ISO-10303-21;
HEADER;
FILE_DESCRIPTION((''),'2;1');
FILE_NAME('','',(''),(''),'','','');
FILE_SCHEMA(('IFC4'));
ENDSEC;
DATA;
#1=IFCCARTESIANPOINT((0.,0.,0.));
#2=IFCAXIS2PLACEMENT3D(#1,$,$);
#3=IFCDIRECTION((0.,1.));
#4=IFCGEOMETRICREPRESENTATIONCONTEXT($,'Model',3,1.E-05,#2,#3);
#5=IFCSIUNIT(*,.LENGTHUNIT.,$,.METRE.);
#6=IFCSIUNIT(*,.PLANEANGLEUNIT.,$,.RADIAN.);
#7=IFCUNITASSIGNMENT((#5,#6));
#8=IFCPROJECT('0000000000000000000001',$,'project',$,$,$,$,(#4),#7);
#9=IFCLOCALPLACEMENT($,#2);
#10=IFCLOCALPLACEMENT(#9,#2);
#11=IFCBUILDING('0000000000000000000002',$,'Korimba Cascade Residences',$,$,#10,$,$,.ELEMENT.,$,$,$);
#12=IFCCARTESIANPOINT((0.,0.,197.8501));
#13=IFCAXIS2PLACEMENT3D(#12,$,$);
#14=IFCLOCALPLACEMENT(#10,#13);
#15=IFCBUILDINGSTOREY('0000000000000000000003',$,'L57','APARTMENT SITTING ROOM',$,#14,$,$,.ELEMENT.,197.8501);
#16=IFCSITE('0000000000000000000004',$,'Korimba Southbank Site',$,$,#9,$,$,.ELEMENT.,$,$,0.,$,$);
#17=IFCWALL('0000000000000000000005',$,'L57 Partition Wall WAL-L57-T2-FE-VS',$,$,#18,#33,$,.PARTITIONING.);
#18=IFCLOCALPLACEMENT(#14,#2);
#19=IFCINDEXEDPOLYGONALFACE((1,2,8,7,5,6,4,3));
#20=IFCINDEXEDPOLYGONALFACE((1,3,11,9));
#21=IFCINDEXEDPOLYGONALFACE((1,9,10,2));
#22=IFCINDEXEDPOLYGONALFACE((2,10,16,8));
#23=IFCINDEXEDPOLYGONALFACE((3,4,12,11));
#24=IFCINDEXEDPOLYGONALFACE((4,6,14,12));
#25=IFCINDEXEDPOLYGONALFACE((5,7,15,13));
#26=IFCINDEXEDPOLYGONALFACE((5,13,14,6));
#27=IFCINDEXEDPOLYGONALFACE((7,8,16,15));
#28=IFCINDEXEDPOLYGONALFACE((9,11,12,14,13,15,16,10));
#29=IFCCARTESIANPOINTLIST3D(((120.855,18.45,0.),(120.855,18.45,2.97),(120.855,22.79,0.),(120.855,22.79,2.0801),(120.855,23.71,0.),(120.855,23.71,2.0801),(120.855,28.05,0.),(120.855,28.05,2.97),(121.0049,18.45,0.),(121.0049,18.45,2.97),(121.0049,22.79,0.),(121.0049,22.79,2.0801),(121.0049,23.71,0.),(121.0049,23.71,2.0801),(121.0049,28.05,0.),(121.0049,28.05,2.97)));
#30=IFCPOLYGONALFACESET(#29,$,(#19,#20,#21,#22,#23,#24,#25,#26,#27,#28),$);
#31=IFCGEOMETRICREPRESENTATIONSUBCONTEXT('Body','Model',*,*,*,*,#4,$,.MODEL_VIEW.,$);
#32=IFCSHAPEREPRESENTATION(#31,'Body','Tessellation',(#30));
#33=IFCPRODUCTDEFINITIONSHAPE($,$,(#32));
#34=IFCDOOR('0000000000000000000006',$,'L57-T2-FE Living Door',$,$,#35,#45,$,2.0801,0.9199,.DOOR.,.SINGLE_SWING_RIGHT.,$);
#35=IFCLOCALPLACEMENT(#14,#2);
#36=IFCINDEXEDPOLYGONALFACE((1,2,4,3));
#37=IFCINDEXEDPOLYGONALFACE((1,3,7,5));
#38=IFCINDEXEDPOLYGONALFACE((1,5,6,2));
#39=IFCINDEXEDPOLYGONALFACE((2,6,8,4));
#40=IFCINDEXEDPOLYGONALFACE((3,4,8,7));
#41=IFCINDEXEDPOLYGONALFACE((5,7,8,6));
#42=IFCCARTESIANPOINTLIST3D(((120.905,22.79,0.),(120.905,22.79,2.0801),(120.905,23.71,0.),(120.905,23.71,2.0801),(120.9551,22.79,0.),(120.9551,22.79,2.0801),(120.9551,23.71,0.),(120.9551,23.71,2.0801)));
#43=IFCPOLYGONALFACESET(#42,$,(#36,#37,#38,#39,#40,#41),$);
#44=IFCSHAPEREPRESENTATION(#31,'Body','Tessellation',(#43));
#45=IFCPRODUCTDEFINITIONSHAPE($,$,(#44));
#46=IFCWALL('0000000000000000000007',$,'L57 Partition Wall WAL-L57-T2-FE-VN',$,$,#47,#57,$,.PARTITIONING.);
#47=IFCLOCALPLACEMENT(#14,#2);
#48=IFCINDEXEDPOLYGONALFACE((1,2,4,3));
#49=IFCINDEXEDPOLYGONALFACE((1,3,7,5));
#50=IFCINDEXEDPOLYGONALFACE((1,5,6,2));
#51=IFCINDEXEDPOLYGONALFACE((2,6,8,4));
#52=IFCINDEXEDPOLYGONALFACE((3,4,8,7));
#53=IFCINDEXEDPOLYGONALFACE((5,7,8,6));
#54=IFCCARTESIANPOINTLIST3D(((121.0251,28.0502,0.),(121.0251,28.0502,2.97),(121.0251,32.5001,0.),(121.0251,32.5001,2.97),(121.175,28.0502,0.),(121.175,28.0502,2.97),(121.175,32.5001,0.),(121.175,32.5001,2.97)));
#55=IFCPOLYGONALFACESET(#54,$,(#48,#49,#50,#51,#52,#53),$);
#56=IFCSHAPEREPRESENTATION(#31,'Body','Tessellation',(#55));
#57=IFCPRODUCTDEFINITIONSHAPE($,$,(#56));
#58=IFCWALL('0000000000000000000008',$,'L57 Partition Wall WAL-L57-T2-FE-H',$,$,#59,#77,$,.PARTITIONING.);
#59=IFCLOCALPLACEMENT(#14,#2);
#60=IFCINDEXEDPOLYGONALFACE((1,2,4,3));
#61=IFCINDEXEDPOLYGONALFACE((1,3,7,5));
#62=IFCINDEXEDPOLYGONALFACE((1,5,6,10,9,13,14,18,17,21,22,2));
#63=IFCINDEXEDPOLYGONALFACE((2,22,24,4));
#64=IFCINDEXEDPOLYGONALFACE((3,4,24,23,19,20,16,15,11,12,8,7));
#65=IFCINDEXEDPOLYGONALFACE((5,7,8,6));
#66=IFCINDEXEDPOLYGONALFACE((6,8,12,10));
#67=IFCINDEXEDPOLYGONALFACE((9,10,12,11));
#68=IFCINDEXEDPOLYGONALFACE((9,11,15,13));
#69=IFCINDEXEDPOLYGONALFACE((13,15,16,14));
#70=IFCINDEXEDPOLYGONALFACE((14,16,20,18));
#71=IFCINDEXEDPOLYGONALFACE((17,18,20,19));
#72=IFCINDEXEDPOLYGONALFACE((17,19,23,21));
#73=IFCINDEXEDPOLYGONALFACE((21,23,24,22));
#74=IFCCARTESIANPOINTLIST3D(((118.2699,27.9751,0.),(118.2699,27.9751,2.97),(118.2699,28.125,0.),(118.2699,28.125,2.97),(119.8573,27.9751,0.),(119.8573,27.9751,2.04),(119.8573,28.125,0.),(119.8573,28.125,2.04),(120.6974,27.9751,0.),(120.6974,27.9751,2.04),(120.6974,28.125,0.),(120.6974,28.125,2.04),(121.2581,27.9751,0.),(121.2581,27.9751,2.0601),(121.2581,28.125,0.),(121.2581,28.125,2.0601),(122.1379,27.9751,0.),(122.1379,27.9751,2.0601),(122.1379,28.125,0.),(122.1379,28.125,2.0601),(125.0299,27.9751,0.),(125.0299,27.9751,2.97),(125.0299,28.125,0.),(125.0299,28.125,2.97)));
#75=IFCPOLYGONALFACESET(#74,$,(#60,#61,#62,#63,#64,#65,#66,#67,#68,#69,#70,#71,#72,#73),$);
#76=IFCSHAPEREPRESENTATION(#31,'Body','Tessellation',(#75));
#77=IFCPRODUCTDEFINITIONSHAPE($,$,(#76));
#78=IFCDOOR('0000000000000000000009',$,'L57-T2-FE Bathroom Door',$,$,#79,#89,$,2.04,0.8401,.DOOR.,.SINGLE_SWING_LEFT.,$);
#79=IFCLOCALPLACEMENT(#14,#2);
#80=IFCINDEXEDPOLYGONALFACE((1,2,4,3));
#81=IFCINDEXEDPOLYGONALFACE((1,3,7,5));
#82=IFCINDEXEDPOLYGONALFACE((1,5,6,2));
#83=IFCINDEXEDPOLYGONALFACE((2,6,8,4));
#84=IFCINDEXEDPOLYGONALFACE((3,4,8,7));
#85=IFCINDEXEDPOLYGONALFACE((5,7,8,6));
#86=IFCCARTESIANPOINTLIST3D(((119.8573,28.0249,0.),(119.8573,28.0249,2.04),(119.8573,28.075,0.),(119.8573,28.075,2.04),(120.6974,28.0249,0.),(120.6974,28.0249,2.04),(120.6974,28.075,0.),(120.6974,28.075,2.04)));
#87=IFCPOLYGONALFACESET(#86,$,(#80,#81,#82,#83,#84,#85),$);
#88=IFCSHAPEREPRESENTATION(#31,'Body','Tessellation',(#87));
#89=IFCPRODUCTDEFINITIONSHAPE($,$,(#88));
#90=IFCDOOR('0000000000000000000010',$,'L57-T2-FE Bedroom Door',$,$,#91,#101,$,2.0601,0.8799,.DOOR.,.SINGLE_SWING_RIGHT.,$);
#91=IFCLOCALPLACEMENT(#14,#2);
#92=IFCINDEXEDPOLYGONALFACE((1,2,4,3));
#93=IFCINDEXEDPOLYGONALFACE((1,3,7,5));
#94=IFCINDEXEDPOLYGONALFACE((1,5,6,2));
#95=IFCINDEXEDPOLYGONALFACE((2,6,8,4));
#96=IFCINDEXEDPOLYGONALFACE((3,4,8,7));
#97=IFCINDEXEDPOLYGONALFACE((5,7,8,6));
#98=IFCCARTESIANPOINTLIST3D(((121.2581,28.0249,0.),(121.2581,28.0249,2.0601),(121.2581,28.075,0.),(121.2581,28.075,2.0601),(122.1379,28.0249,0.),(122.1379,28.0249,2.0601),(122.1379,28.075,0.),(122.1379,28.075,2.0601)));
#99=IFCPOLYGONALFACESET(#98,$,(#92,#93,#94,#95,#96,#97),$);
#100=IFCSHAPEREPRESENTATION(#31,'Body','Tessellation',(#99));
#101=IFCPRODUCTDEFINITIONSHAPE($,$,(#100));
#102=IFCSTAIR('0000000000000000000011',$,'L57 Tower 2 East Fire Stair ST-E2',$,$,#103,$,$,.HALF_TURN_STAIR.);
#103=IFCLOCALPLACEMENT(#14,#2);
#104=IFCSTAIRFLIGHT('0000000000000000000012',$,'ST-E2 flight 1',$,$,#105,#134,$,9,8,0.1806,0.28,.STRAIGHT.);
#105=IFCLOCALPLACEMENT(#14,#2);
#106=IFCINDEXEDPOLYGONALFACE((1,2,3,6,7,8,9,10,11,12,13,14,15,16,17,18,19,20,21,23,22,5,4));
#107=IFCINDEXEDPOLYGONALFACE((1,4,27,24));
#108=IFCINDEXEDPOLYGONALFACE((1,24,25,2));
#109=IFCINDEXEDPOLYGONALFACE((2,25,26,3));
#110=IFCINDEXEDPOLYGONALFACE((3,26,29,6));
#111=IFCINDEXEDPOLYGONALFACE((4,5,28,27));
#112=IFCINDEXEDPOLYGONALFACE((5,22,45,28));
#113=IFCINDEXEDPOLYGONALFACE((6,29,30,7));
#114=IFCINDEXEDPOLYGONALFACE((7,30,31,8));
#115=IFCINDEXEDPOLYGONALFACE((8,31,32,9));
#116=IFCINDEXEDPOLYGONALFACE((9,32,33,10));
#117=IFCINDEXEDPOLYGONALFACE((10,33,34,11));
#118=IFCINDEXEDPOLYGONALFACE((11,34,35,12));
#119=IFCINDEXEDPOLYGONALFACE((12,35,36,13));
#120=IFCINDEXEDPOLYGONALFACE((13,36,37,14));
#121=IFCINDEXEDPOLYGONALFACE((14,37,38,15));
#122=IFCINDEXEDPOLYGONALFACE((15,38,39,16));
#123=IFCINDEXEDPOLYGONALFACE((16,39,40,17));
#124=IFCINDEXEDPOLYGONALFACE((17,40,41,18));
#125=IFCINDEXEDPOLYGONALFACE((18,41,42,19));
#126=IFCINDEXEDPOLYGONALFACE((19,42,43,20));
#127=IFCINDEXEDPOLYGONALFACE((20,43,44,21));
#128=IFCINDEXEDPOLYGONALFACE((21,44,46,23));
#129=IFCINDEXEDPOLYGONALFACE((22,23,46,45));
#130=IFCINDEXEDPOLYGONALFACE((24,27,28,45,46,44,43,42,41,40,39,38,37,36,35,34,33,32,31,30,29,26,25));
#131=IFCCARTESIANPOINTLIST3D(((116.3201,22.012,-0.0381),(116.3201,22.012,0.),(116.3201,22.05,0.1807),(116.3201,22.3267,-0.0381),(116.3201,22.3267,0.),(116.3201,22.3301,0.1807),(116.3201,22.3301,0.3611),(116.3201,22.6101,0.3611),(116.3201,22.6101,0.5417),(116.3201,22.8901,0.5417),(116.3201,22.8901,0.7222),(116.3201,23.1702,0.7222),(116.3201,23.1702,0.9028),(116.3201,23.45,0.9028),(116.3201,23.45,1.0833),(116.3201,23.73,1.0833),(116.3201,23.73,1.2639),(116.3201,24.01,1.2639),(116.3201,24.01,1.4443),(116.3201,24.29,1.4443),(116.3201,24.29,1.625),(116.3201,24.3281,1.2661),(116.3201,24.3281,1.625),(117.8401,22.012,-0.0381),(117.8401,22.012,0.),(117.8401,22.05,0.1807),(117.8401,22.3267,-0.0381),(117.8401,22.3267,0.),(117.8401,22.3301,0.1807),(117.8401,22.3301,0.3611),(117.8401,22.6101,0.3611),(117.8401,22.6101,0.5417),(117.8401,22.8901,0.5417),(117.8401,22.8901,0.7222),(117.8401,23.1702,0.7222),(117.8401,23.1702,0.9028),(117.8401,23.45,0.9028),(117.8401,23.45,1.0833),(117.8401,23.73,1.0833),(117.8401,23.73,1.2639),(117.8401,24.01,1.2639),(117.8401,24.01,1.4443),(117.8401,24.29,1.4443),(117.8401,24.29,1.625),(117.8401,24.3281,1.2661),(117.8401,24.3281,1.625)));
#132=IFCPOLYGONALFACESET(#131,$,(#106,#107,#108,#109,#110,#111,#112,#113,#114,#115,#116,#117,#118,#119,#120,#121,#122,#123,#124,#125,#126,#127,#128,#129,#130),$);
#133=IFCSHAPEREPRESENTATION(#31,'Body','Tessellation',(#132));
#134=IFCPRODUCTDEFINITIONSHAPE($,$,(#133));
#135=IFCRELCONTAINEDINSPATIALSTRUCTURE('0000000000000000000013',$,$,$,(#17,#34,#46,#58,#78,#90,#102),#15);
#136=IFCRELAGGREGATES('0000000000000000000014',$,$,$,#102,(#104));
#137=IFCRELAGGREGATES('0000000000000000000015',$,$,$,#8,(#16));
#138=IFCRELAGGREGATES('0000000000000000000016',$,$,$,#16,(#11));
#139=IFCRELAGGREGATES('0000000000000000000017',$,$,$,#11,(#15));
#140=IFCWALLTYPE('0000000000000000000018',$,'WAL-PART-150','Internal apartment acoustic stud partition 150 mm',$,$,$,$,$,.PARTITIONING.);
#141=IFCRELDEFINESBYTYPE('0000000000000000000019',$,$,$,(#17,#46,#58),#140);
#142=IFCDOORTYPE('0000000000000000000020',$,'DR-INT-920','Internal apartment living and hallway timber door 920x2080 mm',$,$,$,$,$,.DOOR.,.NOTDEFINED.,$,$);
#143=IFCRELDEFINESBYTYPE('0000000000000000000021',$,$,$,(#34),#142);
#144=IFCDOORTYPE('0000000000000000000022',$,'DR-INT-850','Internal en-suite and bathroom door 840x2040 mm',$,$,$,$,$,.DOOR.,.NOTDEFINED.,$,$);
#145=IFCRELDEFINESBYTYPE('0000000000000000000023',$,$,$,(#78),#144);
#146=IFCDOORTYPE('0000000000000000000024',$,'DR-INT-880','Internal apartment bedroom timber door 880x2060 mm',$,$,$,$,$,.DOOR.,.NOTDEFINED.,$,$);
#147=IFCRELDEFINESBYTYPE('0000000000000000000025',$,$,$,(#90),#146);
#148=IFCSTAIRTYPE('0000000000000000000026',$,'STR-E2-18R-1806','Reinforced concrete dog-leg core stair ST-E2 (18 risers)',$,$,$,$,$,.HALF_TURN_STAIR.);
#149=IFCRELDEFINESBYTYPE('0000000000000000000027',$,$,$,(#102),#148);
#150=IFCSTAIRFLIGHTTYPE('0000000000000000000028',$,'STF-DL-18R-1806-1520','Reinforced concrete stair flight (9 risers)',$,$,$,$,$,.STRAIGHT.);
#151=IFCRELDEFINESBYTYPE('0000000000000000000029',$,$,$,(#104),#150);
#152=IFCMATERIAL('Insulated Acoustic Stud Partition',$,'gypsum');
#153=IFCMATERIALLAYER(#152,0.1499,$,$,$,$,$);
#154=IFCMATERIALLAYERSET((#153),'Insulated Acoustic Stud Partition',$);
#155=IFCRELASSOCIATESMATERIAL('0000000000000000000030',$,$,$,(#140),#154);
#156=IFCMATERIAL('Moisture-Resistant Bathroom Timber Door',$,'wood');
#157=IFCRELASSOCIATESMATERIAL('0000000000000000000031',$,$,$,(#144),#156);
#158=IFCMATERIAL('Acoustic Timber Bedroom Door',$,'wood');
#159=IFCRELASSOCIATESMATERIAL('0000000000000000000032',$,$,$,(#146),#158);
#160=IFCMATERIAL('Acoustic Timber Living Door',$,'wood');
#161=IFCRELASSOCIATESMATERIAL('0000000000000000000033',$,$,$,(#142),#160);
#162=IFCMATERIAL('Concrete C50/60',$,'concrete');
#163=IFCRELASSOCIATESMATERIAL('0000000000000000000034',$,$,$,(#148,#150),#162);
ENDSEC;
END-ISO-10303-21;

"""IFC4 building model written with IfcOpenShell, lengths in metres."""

from ifc_helpers import new_model, si_unit, direction, frame, frame_2d, origin, place, context, subcontext, project, spatial, polyline, rectangle, outline, extrude, material, layer, layer_set, type_object, element, fill, aggregate, save


model = new_model("IFC4")

# Units and contexts
model_context = context("Model", 3, precision=1e-05, world=origin(), true_north=direction((0.0, 1.0)))
body_context = subcontext(model_context, "Body", "Model", "MODEL_VIEW")
ifc_project = project(units=[si_unit("LENGTHUNIT", "METRE"), si_unit("PLANEANGLEUNIT", "RADIAN")], contexts=[model_context])

# Site, building, storey
site_placement = place(None, origin())
site = spatial("IfcSite", under=ifc_project, at=site_placement, Name="Korimba Southbank Site", CompositionType="ELEMENT", RefElevation=0.0)
building_placement = place(site_placement, origin())
building = spatial("IfcBuilding", under=site, at=building_placement, Name="Korimba Cascade Residences", CompositionType="ELEMENT")
storey_placement = place(building_placement, frame((0.0, 0.0, 197.8501)))
storey = spatial("IfcBuildingStorey", under=building, at=storey_placement, Name="L57", Description="APARTMENT SITTING ROOM", CompositionType="ELEMENT", Elevation=197.8501)

# Shared definitions
ifc_material_1 = material(Name="Concrete C50/60", Category="concrete")

# Wall, opening, door
ifc_material_2 = material(Name="Insulated Acoustic Stud Partition", Category="gypsum")
ifc_layer_1 = layer(ifc_material_2, 0.1499)
ifc_layer_set_1 = layer_set([ifc_layer_1], Name="Insulated Acoustic Stud Partition")
wall_type_1 = type_object("IfcWallType", Name="WAL-PART-150", Description="Internal apartment acoustic stud partition 150 mm", PredefinedType="PARTITIONING", material=ifc_layer_set_1)
ifc_material_3 = material(Name="Moisture-Resistant Bathroom Timber Door", Category="wood")
door_type_1 = type_object("IfcDoorType", Name="DR-INT-850", Description="Internal en-suite and bathroom door 840x2040 mm", OperationType="NOTDEFINED", PredefinedType="DOOR", material=ifc_material_3)
ifc_material_4 = material(Name="Acoustic Timber Bedroom Door", Category="wood")
door_type_2 = type_object("IfcDoorType", Name="DR-INT-880", Description="Internal apartment bedroom timber door 880x2060 mm", OperationType="NOTDEFINED", PredefinedType="DOOR", material=ifc_material_4)
wall_1_placement = place(storey_placement, frame((120.9299, 18.45, 0.0), z_axis=(0.0, 0.0, 1.0), x_axis=(0.0, 1.0, 0.0)))
wall_1 = element("IfcWall", 1, at=wall_1_placement, inside=storey, type_object=wall_type_1, Name="L57 Partition Wall WAL-L57-T2-FE-VS", PredefinedType="PARTITIONING", context=body_context, shape_type="SweptSolid", body=[
    extrude(rectangle(XDim=9.6001, YDim=0.1499, at=frame_2d((4.8, 0.0))), origin(), (0.0, 0.0, 1.0), 2.97),
])
opening_1_placement = place(wall_1_placement, frame((4.3401, 0.0, 0.0)))
opening_1 = element("IfcOpeningElement", 2, at=opening_1_placement, cuts=wall_1, PredefinedType="OPENING", context=body_context, shape_type="SweptSolid", body=[
    extrude(rectangle(XDim=0.9199, YDim=2.0801, at=frame_2d((0.46, 1.04))), frame((0.0, 0.085, 0.0), z_axis=(0.0, -1.0, 0.0), x_axis=(1.0, 0.0, 0.0)), (0.0, 0.0, 1.0), 0.1699),
])
ifc_material_5 = material(Name="Acoustic Timber Living Door", Category="wood")
door_type_3 = type_object("IfcDoorType", Name="DR-INT-920", Description="Internal apartment living and hallway timber door 920x2080 mm", OperationType="NOTDEFINED", PredefinedType="DOOR", material=ifc_material_5)
door_1_placement = place(opening_1_placement, origin())
door_1 = element("IfcDoor", 3, at=door_1_placement, inside=storey, type_object=door_type_3, Name="L57-T2-FE Living Door", OperationType="SINGLE_SWING_RIGHT", OverallHeight=2.0801, OverallWidth=0.9199, PredefinedType="DOOR", context=body_context, shape_type="SweptSolid", body=[
    extrude(rectangle(XDim=0.9199, YDim=2.0801, at=frame_2d((0.46, 1.04))), frame((0.0, 0.0249, 0.0), z_axis=(0.0, -1.0, 0.0), x_axis=(1.0, 0.0, 0.0)), (0.0, 0.0, 1.0), 0.05),
])
fill(opening_1, door_1)

# Wall
wall_2_placement = place(storey_placement, frame((121.1001, 28.05, 0.0), z_axis=(0.0, 0.0, 1.0), x_axis=(0.0, 1.0, 0.0)))
element("IfcWall", 4, at=wall_2_placement, inside=storey, type_object=wall_type_1, Name="L57 Partition Wall WAL-L57-T2-FE-VN", PredefinedType="PARTITIONING", context=body_context, shape_type="SweptSolid", body=[
    extrude(rectangle(XDim=4.45, YDim=0.1499, at=frame_2d((2.2251, 0.0))), origin(), (0.0, 0.0, 1.0), 2.97),
])

# Wall, openings, doors
wall_3_placement = place(storey_placement, frame((118.27, 28.05, 0.0), z_axis=(0.0, 0.0, 1.0), x_axis=(1.0, 0.0, 0.0)))
wall_3 = element("IfcWall", 5, at=wall_3_placement, inside=storey, type_object=wall_type_1, Name="L57 Partition Wall WAL-L57-T2-FE-H", PredefinedType="PARTITIONING", context=body_context, shape_type="SweptSolid", body=[
    extrude(rectangle(XDim=6.76, YDim=0.1499, at=frame_2d((3.3799, 0.0))), origin(), (0.0, 0.0, 1.0), 2.97),
])
opening_2_placement = place(wall_3_placement, frame((1.5874, 0.0, 0.0)))
opening_2 = element("IfcOpeningElement", 6, at=opening_2_placement, cuts=wall_3, PredefinedType="OPENING", context=body_context, shape_type="SweptSolid", body=[
    extrude(rectangle(XDim=0.8401, YDim=2.04, at=frame_2d((0.4199, 1.02))), frame((0.0, 0.085, 0.0), z_axis=(0.0, -1.0, 0.0), x_axis=(1.0, 0.0, 0.0)), (0.0, 0.0, 1.0), 0.1699),
])
opening_3_placement = place(wall_3_placement, frame((2.988, 0.0, 0.0)))
opening_3 = element("IfcOpeningElement", 7, at=opening_3_placement, cuts=wall_3, PredefinedType="OPENING", context=body_context, shape_type="SweptSolid", body=[
    extrude(rectangle(XDim=0.8799, YDim=2.0601, at=frame_2d((0.4399, 1.03))), frame((0.0, 0.085, 0.0), z_axis=(0.0, -1.0, 0.0), x_axis=(1.0, 0.0, 0.0)), (0.0, 0.0, 1.0), 0.1699),
])
door_2_placement = place(opening_2_placement, origin())
door_2 = element("IfcDoor", 8, at=door_2_placement, inside=storey, type_object=door_type_1, Name="L57-T2-FE Bathroom Door", OperationType="SINGLE_SWING_LEFT", OverallHeight=2.04, OverallWidth=0.8401, PredefinedType="DOOR", context=body_context, shape_type="SweptSolid", body=[
    extrude(rectangle(XDim=0.8401, YDim=2.04, at=frame_2d((0.4199, 1.02))), frame((0.0, 0.0249, 0.0), z_axis=(0.0, -1.0, 0.0), x_axis=(1.0, 0.0, 0.0)), (0.0, 0.0, 1.0), 0.05),
])
fill(opening_2, door_2)
door_3_placement = place(opening_3_placement, origin())
door_3 = element("IfcDoor", 9, at=door_3_placement, inside=storey, type_object=door_type_2, Name="L57-T2-FE Bedroom Door", OperationType="SINGLE_SWING_RIGHT", OverallHeight=2.0601, OverallWidth=0.8799, PredefinedType="DOOR", context=body_context, shape_type="SweptSolid", body=[
    extrude(rectangle(XDim=0.8799, YDim=2.0601, at=frame_2d((0.4399, 1.03))), frame((0.0, 0.0249, 0.0), z_axis=(0.0, -1.0, 0.0), x_axis=(1.0, 0.0, 0.0)), (0.0, 0.0, 1.0), 0.05),
])
fill(opening_3, door_3)

# Stair, stair flight
stair_type = type_object("IfcStairType", Name="STR-E2-18R-1806", Description="Reinforced concrete dog-leg core stair ST-E2 (18 risers)", PredefinedType="HALF_TURN_STAIR", material=ifc_material_1)
stair_placement = place(storey_placement, origin())
stair = element("IfcStair", 10, at=stair_placement, inside=storey, type_object=stair_type, Name="L57 Tower 2 East Fire Stair ST-E2", PredefinedType="HALF_TURN_STAIR")
stair_flight_type = type_object("IfcStairFlightType", Name="STF-DL-18R-1806-1520", Description="Reinforced concrete stair flight (9 risers)", PredefinedType="STRAIGHT", material=ifc_material_1)
stair_flight_placement = place(storey_placement, frame((117.0801, 22.05, 0.0), z_axis=(0.0, 0.0, 1.0), x_axis=(0.0, 1.0, 0.0)))
stair_flight = element("IfcStairFlight", 11, at=stair_flight_placement, type_object=stair_flight_type, Name="ST-E2 flight 1", NumberOfRisers=9, NumberOfTreads=8, PredefinedType="STRAIGHT", RiserHeight=0.1806, TreadLength=0.28, context=body_context, shape_type="SweptSolid", body=[
    extrude(outline(polyline([(-0.0381, 0.0), (0.0, 0.1807), (0.28, 0.1807), (0.28, 0.3611), (0.5601, 0.3611), (0.5601, 0.5417), (0.8401, 0.5417), (0.8401, 0.7222), (1.1201, 0.7222), (1.1201, 0.9028), (1.3999, 0.9028), (1.3999, 1.0833), (1.6799, 1.0833), (1.6799, 1.2639), (1.96, 1.2639), (1.96, 1.4443), (2.24, 1.4443), (2.24, 1.625), (2.2781, 1.625), (2.2781, 1.2661), (0.2766, 0.0), (0.2766, -0.0381), (-0.0381, -0.0381), (-0.0381, 0.0)])), frame((0.0, 0.76, 0.0), z_axis=(0.0, -1.0, 0.0), x_axis=(1.0, 0.0, 0.0)), (0.0, 0.0, 1.0), 1.52),
])
aggregate(stair, [stair_flight])

save(model, "model.ifc")
